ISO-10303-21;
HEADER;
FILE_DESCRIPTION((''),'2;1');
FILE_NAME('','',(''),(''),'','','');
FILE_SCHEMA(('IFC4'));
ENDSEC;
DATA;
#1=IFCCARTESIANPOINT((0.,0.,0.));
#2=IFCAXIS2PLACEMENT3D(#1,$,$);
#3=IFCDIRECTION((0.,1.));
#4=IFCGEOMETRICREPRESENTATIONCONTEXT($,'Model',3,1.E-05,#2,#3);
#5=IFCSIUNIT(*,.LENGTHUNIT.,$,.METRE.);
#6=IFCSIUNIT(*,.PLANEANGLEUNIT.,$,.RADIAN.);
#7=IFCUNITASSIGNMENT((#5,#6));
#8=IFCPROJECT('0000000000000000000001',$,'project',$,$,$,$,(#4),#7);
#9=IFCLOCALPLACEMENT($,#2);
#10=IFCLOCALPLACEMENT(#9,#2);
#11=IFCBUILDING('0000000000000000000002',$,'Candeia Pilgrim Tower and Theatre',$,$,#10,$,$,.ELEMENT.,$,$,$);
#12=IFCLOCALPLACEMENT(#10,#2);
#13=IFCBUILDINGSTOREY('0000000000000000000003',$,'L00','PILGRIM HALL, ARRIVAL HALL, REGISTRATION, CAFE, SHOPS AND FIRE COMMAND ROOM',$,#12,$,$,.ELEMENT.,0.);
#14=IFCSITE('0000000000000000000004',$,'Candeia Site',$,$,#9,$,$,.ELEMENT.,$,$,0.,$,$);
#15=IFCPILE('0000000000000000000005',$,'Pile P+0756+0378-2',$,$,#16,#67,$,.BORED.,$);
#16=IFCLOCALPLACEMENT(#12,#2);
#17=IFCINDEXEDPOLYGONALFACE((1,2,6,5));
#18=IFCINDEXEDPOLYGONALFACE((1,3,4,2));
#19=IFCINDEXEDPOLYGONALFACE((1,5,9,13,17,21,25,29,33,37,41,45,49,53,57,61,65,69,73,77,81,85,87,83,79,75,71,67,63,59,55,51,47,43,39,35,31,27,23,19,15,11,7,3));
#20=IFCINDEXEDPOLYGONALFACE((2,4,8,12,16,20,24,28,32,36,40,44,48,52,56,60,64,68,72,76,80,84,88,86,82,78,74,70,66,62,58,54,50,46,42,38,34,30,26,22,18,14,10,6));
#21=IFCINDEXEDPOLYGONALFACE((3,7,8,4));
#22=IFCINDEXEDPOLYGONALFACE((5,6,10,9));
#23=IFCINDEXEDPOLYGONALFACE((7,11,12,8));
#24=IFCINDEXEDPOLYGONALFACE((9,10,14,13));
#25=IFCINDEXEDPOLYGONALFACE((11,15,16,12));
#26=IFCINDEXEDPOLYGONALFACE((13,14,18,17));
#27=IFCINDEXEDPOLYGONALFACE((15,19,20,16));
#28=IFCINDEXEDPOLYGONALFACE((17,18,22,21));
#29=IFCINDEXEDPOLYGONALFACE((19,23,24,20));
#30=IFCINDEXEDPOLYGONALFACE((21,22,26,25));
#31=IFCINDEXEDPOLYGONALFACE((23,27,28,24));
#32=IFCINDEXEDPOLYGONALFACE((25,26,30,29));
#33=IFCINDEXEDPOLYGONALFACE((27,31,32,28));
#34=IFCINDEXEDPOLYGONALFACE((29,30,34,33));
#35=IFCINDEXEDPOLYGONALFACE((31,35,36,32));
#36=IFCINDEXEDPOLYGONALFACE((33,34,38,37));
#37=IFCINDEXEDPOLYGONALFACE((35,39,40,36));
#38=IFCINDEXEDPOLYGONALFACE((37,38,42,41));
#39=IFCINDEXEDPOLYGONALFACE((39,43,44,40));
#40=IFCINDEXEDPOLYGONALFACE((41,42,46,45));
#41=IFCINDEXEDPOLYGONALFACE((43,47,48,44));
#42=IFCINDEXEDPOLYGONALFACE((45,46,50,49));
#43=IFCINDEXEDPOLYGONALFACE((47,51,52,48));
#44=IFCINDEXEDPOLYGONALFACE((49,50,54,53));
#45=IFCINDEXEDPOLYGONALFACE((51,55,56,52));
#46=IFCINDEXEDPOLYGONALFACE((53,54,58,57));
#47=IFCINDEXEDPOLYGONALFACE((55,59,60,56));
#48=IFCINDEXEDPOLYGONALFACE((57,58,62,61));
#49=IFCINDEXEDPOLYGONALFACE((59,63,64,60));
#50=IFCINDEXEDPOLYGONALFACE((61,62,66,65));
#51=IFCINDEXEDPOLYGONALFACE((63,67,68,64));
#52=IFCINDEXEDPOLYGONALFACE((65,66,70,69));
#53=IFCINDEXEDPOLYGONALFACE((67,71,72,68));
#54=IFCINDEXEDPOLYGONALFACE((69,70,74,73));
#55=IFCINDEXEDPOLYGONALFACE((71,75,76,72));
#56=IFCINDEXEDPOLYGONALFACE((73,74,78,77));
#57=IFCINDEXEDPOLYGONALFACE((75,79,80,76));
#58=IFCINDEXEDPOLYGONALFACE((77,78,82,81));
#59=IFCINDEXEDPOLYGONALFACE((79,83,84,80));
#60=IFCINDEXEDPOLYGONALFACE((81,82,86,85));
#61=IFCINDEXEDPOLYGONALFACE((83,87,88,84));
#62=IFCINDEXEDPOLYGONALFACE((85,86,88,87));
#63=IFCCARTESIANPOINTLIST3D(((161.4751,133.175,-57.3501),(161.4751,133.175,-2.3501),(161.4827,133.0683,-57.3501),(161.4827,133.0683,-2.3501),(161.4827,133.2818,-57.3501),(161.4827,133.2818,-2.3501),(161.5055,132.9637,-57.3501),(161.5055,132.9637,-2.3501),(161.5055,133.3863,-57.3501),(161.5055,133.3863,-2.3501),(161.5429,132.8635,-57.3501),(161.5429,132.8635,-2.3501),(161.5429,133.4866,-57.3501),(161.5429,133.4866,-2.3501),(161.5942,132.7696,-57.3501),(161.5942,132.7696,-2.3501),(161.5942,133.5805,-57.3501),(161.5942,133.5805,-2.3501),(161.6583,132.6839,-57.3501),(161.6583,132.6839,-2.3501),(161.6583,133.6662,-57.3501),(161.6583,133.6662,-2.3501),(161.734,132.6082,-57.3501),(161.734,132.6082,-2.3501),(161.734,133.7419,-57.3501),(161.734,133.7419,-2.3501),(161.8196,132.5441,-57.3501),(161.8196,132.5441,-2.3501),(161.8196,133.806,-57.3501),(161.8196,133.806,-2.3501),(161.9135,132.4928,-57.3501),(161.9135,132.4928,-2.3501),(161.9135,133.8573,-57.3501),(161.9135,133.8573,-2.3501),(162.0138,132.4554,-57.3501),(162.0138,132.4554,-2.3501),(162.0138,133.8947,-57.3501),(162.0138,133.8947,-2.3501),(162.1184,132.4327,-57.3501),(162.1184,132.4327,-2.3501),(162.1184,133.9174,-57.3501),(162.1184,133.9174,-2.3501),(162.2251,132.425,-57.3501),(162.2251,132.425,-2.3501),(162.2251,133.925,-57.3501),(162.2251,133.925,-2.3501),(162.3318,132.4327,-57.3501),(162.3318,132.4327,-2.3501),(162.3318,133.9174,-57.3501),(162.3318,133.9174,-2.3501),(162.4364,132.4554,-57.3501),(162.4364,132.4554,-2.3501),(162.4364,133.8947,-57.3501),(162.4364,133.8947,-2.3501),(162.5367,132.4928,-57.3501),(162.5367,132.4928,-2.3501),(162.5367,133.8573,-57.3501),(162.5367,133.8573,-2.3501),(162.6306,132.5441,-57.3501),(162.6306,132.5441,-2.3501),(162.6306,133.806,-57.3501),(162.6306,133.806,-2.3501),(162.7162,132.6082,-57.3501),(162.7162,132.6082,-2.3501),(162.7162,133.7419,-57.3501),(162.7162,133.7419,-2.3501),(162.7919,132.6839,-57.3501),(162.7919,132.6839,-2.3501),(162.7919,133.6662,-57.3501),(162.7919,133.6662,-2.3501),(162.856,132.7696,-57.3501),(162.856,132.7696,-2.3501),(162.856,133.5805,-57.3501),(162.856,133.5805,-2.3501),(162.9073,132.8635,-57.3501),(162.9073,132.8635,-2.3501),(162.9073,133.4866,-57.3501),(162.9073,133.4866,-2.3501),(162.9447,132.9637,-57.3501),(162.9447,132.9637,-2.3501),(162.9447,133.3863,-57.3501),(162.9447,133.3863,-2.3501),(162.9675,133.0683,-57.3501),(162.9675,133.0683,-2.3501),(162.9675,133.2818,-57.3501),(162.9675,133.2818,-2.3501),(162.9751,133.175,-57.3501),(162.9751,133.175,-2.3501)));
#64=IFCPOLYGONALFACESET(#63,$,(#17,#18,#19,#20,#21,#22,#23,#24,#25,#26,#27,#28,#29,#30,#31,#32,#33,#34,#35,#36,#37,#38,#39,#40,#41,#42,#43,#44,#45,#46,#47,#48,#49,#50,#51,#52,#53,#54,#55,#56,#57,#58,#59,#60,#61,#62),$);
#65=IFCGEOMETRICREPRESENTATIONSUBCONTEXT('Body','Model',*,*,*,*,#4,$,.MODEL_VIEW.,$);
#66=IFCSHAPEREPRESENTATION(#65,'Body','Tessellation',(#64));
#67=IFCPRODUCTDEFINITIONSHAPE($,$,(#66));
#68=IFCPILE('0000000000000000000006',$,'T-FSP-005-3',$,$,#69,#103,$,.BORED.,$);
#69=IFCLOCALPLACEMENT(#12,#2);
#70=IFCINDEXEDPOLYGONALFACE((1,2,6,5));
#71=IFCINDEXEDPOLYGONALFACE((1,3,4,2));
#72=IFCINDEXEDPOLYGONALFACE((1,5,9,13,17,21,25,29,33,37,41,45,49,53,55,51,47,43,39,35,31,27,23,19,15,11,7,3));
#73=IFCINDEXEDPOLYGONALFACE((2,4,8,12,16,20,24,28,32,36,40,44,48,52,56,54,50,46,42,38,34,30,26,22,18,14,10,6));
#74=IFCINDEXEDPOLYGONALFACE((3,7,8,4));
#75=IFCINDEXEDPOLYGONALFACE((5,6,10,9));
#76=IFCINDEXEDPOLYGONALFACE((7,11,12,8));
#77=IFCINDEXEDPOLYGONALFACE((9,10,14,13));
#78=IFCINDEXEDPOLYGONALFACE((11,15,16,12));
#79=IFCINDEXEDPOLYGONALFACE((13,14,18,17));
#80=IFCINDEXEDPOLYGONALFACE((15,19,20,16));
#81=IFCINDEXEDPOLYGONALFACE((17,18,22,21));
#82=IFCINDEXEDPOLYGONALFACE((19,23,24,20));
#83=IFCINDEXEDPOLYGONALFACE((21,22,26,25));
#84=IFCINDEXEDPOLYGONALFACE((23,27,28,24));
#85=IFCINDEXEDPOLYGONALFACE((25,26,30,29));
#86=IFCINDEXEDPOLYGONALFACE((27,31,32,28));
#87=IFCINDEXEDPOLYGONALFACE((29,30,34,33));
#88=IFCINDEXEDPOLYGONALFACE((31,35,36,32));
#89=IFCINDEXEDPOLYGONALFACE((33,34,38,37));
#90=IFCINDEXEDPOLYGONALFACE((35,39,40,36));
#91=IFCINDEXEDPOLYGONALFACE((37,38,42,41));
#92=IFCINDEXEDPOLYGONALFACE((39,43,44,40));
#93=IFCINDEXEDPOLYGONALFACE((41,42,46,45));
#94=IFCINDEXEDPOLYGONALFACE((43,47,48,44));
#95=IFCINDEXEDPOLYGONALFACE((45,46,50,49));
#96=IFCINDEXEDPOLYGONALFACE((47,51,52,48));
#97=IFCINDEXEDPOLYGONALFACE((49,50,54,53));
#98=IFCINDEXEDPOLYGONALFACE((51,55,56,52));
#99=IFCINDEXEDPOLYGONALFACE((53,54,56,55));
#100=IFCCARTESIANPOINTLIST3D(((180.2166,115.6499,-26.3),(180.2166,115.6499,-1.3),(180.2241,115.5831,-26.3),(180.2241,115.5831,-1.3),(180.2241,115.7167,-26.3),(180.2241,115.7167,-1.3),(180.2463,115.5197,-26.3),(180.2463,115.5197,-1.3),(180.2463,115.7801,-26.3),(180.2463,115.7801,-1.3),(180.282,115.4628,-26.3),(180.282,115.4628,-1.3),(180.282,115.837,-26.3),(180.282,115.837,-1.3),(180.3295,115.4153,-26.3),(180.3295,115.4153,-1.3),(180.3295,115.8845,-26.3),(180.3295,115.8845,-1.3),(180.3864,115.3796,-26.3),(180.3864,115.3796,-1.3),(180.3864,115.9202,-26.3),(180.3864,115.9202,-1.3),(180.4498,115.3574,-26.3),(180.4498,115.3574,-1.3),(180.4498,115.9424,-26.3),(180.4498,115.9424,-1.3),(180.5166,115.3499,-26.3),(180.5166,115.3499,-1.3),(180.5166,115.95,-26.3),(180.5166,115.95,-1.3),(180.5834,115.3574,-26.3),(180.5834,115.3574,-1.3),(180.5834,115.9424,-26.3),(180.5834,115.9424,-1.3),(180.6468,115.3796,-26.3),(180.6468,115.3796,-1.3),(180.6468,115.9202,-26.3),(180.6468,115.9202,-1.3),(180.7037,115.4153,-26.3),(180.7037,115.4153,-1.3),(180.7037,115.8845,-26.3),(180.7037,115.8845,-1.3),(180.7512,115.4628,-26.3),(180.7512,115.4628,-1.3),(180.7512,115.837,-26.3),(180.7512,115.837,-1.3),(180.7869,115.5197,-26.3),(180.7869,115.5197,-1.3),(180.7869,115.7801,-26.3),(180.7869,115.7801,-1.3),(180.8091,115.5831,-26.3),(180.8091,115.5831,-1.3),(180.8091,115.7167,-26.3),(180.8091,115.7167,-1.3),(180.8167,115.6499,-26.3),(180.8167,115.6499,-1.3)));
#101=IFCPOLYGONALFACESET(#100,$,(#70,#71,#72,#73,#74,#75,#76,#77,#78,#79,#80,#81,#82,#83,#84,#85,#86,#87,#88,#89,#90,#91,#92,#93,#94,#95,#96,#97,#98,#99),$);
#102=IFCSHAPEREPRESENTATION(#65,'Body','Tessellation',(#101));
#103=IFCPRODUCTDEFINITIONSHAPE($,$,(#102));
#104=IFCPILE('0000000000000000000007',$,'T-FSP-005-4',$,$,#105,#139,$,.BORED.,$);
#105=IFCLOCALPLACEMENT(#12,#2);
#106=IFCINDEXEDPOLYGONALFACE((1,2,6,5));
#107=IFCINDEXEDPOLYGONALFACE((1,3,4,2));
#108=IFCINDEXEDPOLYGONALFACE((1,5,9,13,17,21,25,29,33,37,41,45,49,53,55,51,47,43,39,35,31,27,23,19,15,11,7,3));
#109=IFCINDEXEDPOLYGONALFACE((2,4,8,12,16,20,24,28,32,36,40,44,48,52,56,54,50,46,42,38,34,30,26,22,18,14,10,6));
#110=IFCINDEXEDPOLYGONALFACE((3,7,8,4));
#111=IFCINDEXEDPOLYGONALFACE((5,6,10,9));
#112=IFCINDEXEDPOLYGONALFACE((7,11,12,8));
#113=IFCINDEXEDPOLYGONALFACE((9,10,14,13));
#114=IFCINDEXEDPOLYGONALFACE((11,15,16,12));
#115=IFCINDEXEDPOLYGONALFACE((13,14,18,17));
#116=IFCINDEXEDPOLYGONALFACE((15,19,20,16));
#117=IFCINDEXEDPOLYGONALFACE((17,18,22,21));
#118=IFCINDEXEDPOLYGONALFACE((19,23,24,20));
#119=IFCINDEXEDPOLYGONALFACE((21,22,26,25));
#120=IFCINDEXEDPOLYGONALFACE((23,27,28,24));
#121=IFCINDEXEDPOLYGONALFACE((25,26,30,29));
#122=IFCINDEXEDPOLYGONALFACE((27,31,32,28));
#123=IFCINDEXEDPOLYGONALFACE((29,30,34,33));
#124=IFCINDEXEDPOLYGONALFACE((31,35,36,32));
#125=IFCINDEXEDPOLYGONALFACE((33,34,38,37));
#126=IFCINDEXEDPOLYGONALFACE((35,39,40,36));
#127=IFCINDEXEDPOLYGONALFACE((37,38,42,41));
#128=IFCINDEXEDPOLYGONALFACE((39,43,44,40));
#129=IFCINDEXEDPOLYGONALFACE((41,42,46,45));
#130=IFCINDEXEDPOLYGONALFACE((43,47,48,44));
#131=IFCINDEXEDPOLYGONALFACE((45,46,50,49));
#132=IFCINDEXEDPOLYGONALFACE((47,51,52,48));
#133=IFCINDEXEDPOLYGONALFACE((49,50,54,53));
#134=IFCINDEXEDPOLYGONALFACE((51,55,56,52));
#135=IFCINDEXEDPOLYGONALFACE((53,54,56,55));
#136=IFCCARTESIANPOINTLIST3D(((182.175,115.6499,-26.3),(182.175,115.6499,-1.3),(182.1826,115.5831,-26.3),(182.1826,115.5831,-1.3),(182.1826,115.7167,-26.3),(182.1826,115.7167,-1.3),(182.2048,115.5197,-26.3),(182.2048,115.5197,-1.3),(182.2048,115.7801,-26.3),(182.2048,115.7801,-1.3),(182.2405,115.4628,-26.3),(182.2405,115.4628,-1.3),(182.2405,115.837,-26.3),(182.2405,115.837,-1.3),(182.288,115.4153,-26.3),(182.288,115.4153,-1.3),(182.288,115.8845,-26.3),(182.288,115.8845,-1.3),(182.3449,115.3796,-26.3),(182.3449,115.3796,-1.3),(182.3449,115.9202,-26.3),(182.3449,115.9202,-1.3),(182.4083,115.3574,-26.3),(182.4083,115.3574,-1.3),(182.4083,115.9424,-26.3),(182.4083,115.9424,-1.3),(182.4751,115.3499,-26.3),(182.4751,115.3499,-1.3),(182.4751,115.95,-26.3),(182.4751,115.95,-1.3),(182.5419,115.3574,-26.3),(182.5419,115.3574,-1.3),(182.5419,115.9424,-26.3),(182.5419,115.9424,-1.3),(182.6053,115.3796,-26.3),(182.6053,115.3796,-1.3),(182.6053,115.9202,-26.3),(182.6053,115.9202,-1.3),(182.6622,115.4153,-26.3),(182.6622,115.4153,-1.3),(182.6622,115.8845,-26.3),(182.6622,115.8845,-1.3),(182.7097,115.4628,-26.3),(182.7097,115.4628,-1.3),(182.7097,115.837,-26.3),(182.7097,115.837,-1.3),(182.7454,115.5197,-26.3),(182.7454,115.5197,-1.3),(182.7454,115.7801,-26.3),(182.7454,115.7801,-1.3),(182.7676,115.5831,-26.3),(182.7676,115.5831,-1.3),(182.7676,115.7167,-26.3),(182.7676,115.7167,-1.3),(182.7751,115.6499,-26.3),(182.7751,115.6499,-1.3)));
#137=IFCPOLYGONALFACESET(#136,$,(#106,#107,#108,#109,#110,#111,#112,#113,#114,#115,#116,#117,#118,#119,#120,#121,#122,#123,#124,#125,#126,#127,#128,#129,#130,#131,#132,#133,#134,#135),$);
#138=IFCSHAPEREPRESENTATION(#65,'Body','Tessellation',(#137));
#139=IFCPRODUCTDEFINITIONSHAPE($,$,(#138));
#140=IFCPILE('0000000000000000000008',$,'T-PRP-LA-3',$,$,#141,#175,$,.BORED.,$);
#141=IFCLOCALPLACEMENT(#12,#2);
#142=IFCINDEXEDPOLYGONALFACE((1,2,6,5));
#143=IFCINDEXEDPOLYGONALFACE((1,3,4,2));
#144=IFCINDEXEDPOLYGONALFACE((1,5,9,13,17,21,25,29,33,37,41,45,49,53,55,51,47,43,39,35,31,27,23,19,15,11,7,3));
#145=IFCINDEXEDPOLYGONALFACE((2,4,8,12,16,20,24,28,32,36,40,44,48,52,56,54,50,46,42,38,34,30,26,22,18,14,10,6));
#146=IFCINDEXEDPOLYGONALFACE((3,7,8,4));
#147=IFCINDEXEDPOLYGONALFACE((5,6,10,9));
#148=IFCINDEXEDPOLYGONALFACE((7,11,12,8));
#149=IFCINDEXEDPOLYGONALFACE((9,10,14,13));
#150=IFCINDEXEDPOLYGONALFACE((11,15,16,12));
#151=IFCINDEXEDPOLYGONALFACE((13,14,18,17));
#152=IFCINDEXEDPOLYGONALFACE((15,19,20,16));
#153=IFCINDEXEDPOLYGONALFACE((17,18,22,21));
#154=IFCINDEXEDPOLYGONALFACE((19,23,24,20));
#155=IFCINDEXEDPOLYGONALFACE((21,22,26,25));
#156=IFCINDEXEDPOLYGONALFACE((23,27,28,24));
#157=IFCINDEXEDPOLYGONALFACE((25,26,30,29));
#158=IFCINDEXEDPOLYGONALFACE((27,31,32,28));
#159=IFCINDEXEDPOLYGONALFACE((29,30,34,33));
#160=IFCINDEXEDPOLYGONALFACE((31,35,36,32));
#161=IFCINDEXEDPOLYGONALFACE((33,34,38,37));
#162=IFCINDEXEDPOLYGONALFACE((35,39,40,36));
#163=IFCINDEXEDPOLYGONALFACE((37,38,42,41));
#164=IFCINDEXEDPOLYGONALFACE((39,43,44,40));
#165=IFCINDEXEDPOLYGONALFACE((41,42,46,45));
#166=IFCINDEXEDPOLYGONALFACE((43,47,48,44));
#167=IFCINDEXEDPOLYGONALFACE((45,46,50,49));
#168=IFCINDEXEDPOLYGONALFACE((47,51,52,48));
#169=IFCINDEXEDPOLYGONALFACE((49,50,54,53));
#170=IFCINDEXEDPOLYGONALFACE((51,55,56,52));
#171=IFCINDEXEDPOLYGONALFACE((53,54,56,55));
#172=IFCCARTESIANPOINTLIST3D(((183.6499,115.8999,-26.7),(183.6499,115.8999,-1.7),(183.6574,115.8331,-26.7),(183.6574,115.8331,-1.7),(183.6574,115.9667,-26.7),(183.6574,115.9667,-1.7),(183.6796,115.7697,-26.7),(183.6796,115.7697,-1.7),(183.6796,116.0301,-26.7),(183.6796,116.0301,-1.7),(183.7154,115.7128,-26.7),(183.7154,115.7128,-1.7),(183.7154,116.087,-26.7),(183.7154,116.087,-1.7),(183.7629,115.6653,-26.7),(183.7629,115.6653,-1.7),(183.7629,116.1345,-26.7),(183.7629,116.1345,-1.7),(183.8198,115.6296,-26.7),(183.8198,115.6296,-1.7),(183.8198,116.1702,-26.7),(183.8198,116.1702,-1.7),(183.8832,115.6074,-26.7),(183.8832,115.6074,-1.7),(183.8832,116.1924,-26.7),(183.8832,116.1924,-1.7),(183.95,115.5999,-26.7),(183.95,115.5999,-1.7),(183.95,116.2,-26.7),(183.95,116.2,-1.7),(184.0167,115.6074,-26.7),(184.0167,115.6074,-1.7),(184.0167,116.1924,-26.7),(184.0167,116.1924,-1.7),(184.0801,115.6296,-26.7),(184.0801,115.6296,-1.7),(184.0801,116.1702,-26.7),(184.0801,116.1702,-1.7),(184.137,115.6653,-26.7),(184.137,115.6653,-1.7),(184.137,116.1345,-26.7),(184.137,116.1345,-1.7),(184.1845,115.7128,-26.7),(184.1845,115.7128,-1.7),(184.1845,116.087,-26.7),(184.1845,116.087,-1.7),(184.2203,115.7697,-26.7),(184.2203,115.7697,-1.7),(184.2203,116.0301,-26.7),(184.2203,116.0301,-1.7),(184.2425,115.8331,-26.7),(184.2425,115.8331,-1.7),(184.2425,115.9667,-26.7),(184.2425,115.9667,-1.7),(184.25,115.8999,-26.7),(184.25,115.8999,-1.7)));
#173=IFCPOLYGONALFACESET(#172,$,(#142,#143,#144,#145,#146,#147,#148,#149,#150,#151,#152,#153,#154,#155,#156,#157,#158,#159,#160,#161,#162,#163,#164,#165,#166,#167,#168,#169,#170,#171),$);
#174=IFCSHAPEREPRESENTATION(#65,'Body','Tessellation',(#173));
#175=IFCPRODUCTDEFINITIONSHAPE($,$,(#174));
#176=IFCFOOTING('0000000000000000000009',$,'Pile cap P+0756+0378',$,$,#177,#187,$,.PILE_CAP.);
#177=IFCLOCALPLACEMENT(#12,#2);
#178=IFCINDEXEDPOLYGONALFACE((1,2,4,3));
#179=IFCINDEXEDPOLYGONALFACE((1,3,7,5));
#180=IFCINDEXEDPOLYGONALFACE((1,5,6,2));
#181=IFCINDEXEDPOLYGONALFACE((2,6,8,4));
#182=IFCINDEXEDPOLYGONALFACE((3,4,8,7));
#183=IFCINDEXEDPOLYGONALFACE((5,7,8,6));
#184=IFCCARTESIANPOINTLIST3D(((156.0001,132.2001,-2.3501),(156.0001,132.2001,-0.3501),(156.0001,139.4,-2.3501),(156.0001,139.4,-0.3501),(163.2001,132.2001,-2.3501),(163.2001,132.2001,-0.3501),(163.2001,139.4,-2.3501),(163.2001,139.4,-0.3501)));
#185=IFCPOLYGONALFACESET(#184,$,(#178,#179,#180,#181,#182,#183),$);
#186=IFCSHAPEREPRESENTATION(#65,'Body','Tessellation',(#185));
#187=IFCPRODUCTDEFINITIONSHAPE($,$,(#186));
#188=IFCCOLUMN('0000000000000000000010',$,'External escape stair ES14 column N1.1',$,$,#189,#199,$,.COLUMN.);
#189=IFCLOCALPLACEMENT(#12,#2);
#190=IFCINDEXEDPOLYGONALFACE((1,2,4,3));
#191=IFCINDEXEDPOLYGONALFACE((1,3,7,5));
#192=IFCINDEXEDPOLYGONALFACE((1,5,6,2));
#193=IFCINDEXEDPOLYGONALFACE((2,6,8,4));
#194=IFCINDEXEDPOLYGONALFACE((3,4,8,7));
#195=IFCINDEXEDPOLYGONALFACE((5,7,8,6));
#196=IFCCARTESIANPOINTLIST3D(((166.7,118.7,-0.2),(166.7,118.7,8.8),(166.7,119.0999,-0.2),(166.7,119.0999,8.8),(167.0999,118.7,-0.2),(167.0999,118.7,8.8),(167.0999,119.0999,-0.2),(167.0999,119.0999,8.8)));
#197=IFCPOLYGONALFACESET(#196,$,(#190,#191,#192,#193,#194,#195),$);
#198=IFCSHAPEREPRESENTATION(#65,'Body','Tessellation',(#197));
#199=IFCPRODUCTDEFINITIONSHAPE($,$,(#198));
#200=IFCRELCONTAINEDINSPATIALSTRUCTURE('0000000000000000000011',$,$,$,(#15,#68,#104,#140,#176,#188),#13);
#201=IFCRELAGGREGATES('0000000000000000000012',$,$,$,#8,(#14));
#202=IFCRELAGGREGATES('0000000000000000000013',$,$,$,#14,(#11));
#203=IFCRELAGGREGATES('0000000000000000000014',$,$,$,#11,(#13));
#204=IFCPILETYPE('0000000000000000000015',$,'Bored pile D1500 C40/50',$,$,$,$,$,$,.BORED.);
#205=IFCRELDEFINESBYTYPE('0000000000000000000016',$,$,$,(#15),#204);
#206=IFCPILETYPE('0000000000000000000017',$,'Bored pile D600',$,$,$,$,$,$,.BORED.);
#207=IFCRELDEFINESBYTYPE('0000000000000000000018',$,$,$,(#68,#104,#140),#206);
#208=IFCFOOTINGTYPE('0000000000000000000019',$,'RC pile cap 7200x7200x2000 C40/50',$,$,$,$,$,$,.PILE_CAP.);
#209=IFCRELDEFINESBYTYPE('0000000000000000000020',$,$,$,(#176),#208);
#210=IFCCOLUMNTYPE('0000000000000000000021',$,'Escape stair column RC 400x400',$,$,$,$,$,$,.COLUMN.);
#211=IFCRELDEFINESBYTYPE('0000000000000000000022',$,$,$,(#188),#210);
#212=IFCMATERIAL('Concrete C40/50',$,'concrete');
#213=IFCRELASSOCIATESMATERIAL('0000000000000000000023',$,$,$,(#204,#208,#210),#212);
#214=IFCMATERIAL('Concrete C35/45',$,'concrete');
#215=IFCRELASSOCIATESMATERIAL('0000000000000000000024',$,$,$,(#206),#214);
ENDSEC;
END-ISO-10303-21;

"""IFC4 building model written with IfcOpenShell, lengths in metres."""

from ifc_helpers import new_model, si_unit, direction, frame, origin, origin_2d, place, context, subcontext, project, spatial, rectangle, circle, extrude, material, material_profile, profile_set, type_object, element, save


model = new_model("IFC4")

# Units and contexts
model_context = context("Model", 3, precision=1e-05, world=origin(), true_north=direction((0.0, 1.0)))
body_context = subcontext(model_context, "Body", "Model", "MODEL_VIEW")
ifc_project = project(units=[si_unit("LENGTHUNIT", "METRE"), si_unit("PLANEANGLEUNIT", "RADIAN")], contexts=[model_context])

# Site, building, storey
site_placement = place(None, origin())
site = spatial("IfcSite", under=ifc_project, at=site_placement, Name="Candeia Site", CompositionType="ELEMENT", RefElevation=0.0)
building_placement = place(site_placement, origin())
building = spatial("IfcBuilding", under=site, at=building_placement, Name="Candeia Pilgrim Tower and Theatre", CompositionType="ELEMENT")
storey_placement = place(building_placement, origin())
storey = spatial("IfcBuildingStorey", under=building, at=storey_placement, Name="L00", Description="PILGRIM HALL, ARRIVAL HALL, REGISTRATION, CAFE, SHOPS AND FIRE COMMAND ROOM", CompositionType="ELEMENT", Elevation=0.0)

# Piles
ifc_material_1 = material(Name="Concrete C40/50", Category="concrete")
ifc_material_profile_1 = material_profile(ifc_material_1, circle(Radius=0.75, at=origin_2d()))
ifc_profile_set_1 = profile_set([ifc_material_profile_1], Name="Concrete C40/50")
pile_type_1 = type_object("IfcPileType", Name="Bored pile D1500 C40/50", PredefinedType="BORED", material=ifc_profile_set_1)
for number, where, z_axis, x_axis, name in (
    (1, (162.2251, 133.175, -2.3501), (0.0, 0.0, -1.0), (1.0, 0.0, 0.0), "Pile P+0756+0378-2"),
):
    element("IfcPile", number, at=place(storey_placement, frame(where, z_axis=z_axis, x_axis=x_axis)), inside=storey, type_object=pile_type_1, Name=name, PredefinedType="BORED", context=body_context, shape_type="SweptSolid", body=[
        extrude(circle(Radius=0.75, at=origin_2d()), origin(), (0.0, 0.0, 1.0), 55.0),
    ])
ifc_material_2 = material(Name="Concrete C35/45", Category="concrete")
pile_type_2 = type_object("IfcPileType", Name="Bored pile D600", PredefinedType="BORED", material=ifc_material_2)
for number, where, z_axis, x_axis, name in (
    (2, (180.5166, 115.6499, -1.3), (0.0, 0.0, -1.0), (1.0, 0.0, 0.0), "T-FSP-005-3"),
    (3, (182.4751, 115.6499, -1.3), (0.0, 0.0, -1.0), (1.0, 0.0, 0.0), "T-FSP-005-4"),
    (4, (183.95, 115.8999, -1.7), (0.0, 0.0, -1.0), (1.0, 0.0, 0.0), "T-PRP-LA-3"),
):
    element("IfcPile", number, at=place(storey_placement, frame(where, z_axis=z_axis, x_axis=x_axis)), inside=storey, type_object=pile_type_2, Name=name, PredefinedType="BORED", context=body_context, shape_type="SweptSolid", body=[
        extrude(circle(Radius=0.3, at=origin_2d()), origin(), (0.0, 0.0, 1.0), 25.0),
    ])

# Footing
footing_type = type_object("IfcFootingType", Name="RC pile cap 7200x7200x2000 C40/50", PredefinedType="PILE_CAP", material=ifc_material_1)
footing_placement = place(storey_placement, frame((159.6001, 135.8, -2.3501), z_axis=(0.0, 0.0, 1.0), x_axis=(1.0, 0.0, 0.0)))
element("IfcFooting", 5, at=footing_placement, inside=storey, type_object=footing_type, Name="Pile cap P+0756+0378", PredefinedType="PILE_CAP", context=body_context, shape_type="SweptSolid", body=[
    extrude(rectangle(XDim=7.2, YDim=7.2, at=origin_2d()), origin(), (0.0, 0.0, 1.0), 2.0),
])

# Column
ifc_material_profile_2 = material_profile(ifc_material_1, rectangle(XDim=0.3999, YDim=0.3999, at=origin_2d()))
ifc_profile_set_2 = profile_set([ifc_material_profile_2], Name="Concrete C40/50")
column_type = type_object("IfcColumnType", Name="Escape stair column RC 400x400", PredefinedType="COLUMN", material=ifc_profile_set_2)
for number, where, z_axis, x_axis, name in (
    (6, (166.8999, 118.8999, -0.2), (0.0, 0.0, 1.0), (1.0, 0.0, 0.0), "External escape stair ES14 column N1.1"),
):
    element("IfcColumn", number, at=place(storey_placement, frame(where, z_axis=z_axis, x_axis=x_axis)), inside=storey, type_object=column_type, Name=name, PredefinedType="COLUMN", context=body_context, shape_type="SweptSolid", body=[
        extrude(rectangle(XDim=0.3999, YDim=0.3999, at=origin_2d()), origin(), (0.0, 0.0, 1.0), 9.0),
    ])

save(model, "model.ifc")
